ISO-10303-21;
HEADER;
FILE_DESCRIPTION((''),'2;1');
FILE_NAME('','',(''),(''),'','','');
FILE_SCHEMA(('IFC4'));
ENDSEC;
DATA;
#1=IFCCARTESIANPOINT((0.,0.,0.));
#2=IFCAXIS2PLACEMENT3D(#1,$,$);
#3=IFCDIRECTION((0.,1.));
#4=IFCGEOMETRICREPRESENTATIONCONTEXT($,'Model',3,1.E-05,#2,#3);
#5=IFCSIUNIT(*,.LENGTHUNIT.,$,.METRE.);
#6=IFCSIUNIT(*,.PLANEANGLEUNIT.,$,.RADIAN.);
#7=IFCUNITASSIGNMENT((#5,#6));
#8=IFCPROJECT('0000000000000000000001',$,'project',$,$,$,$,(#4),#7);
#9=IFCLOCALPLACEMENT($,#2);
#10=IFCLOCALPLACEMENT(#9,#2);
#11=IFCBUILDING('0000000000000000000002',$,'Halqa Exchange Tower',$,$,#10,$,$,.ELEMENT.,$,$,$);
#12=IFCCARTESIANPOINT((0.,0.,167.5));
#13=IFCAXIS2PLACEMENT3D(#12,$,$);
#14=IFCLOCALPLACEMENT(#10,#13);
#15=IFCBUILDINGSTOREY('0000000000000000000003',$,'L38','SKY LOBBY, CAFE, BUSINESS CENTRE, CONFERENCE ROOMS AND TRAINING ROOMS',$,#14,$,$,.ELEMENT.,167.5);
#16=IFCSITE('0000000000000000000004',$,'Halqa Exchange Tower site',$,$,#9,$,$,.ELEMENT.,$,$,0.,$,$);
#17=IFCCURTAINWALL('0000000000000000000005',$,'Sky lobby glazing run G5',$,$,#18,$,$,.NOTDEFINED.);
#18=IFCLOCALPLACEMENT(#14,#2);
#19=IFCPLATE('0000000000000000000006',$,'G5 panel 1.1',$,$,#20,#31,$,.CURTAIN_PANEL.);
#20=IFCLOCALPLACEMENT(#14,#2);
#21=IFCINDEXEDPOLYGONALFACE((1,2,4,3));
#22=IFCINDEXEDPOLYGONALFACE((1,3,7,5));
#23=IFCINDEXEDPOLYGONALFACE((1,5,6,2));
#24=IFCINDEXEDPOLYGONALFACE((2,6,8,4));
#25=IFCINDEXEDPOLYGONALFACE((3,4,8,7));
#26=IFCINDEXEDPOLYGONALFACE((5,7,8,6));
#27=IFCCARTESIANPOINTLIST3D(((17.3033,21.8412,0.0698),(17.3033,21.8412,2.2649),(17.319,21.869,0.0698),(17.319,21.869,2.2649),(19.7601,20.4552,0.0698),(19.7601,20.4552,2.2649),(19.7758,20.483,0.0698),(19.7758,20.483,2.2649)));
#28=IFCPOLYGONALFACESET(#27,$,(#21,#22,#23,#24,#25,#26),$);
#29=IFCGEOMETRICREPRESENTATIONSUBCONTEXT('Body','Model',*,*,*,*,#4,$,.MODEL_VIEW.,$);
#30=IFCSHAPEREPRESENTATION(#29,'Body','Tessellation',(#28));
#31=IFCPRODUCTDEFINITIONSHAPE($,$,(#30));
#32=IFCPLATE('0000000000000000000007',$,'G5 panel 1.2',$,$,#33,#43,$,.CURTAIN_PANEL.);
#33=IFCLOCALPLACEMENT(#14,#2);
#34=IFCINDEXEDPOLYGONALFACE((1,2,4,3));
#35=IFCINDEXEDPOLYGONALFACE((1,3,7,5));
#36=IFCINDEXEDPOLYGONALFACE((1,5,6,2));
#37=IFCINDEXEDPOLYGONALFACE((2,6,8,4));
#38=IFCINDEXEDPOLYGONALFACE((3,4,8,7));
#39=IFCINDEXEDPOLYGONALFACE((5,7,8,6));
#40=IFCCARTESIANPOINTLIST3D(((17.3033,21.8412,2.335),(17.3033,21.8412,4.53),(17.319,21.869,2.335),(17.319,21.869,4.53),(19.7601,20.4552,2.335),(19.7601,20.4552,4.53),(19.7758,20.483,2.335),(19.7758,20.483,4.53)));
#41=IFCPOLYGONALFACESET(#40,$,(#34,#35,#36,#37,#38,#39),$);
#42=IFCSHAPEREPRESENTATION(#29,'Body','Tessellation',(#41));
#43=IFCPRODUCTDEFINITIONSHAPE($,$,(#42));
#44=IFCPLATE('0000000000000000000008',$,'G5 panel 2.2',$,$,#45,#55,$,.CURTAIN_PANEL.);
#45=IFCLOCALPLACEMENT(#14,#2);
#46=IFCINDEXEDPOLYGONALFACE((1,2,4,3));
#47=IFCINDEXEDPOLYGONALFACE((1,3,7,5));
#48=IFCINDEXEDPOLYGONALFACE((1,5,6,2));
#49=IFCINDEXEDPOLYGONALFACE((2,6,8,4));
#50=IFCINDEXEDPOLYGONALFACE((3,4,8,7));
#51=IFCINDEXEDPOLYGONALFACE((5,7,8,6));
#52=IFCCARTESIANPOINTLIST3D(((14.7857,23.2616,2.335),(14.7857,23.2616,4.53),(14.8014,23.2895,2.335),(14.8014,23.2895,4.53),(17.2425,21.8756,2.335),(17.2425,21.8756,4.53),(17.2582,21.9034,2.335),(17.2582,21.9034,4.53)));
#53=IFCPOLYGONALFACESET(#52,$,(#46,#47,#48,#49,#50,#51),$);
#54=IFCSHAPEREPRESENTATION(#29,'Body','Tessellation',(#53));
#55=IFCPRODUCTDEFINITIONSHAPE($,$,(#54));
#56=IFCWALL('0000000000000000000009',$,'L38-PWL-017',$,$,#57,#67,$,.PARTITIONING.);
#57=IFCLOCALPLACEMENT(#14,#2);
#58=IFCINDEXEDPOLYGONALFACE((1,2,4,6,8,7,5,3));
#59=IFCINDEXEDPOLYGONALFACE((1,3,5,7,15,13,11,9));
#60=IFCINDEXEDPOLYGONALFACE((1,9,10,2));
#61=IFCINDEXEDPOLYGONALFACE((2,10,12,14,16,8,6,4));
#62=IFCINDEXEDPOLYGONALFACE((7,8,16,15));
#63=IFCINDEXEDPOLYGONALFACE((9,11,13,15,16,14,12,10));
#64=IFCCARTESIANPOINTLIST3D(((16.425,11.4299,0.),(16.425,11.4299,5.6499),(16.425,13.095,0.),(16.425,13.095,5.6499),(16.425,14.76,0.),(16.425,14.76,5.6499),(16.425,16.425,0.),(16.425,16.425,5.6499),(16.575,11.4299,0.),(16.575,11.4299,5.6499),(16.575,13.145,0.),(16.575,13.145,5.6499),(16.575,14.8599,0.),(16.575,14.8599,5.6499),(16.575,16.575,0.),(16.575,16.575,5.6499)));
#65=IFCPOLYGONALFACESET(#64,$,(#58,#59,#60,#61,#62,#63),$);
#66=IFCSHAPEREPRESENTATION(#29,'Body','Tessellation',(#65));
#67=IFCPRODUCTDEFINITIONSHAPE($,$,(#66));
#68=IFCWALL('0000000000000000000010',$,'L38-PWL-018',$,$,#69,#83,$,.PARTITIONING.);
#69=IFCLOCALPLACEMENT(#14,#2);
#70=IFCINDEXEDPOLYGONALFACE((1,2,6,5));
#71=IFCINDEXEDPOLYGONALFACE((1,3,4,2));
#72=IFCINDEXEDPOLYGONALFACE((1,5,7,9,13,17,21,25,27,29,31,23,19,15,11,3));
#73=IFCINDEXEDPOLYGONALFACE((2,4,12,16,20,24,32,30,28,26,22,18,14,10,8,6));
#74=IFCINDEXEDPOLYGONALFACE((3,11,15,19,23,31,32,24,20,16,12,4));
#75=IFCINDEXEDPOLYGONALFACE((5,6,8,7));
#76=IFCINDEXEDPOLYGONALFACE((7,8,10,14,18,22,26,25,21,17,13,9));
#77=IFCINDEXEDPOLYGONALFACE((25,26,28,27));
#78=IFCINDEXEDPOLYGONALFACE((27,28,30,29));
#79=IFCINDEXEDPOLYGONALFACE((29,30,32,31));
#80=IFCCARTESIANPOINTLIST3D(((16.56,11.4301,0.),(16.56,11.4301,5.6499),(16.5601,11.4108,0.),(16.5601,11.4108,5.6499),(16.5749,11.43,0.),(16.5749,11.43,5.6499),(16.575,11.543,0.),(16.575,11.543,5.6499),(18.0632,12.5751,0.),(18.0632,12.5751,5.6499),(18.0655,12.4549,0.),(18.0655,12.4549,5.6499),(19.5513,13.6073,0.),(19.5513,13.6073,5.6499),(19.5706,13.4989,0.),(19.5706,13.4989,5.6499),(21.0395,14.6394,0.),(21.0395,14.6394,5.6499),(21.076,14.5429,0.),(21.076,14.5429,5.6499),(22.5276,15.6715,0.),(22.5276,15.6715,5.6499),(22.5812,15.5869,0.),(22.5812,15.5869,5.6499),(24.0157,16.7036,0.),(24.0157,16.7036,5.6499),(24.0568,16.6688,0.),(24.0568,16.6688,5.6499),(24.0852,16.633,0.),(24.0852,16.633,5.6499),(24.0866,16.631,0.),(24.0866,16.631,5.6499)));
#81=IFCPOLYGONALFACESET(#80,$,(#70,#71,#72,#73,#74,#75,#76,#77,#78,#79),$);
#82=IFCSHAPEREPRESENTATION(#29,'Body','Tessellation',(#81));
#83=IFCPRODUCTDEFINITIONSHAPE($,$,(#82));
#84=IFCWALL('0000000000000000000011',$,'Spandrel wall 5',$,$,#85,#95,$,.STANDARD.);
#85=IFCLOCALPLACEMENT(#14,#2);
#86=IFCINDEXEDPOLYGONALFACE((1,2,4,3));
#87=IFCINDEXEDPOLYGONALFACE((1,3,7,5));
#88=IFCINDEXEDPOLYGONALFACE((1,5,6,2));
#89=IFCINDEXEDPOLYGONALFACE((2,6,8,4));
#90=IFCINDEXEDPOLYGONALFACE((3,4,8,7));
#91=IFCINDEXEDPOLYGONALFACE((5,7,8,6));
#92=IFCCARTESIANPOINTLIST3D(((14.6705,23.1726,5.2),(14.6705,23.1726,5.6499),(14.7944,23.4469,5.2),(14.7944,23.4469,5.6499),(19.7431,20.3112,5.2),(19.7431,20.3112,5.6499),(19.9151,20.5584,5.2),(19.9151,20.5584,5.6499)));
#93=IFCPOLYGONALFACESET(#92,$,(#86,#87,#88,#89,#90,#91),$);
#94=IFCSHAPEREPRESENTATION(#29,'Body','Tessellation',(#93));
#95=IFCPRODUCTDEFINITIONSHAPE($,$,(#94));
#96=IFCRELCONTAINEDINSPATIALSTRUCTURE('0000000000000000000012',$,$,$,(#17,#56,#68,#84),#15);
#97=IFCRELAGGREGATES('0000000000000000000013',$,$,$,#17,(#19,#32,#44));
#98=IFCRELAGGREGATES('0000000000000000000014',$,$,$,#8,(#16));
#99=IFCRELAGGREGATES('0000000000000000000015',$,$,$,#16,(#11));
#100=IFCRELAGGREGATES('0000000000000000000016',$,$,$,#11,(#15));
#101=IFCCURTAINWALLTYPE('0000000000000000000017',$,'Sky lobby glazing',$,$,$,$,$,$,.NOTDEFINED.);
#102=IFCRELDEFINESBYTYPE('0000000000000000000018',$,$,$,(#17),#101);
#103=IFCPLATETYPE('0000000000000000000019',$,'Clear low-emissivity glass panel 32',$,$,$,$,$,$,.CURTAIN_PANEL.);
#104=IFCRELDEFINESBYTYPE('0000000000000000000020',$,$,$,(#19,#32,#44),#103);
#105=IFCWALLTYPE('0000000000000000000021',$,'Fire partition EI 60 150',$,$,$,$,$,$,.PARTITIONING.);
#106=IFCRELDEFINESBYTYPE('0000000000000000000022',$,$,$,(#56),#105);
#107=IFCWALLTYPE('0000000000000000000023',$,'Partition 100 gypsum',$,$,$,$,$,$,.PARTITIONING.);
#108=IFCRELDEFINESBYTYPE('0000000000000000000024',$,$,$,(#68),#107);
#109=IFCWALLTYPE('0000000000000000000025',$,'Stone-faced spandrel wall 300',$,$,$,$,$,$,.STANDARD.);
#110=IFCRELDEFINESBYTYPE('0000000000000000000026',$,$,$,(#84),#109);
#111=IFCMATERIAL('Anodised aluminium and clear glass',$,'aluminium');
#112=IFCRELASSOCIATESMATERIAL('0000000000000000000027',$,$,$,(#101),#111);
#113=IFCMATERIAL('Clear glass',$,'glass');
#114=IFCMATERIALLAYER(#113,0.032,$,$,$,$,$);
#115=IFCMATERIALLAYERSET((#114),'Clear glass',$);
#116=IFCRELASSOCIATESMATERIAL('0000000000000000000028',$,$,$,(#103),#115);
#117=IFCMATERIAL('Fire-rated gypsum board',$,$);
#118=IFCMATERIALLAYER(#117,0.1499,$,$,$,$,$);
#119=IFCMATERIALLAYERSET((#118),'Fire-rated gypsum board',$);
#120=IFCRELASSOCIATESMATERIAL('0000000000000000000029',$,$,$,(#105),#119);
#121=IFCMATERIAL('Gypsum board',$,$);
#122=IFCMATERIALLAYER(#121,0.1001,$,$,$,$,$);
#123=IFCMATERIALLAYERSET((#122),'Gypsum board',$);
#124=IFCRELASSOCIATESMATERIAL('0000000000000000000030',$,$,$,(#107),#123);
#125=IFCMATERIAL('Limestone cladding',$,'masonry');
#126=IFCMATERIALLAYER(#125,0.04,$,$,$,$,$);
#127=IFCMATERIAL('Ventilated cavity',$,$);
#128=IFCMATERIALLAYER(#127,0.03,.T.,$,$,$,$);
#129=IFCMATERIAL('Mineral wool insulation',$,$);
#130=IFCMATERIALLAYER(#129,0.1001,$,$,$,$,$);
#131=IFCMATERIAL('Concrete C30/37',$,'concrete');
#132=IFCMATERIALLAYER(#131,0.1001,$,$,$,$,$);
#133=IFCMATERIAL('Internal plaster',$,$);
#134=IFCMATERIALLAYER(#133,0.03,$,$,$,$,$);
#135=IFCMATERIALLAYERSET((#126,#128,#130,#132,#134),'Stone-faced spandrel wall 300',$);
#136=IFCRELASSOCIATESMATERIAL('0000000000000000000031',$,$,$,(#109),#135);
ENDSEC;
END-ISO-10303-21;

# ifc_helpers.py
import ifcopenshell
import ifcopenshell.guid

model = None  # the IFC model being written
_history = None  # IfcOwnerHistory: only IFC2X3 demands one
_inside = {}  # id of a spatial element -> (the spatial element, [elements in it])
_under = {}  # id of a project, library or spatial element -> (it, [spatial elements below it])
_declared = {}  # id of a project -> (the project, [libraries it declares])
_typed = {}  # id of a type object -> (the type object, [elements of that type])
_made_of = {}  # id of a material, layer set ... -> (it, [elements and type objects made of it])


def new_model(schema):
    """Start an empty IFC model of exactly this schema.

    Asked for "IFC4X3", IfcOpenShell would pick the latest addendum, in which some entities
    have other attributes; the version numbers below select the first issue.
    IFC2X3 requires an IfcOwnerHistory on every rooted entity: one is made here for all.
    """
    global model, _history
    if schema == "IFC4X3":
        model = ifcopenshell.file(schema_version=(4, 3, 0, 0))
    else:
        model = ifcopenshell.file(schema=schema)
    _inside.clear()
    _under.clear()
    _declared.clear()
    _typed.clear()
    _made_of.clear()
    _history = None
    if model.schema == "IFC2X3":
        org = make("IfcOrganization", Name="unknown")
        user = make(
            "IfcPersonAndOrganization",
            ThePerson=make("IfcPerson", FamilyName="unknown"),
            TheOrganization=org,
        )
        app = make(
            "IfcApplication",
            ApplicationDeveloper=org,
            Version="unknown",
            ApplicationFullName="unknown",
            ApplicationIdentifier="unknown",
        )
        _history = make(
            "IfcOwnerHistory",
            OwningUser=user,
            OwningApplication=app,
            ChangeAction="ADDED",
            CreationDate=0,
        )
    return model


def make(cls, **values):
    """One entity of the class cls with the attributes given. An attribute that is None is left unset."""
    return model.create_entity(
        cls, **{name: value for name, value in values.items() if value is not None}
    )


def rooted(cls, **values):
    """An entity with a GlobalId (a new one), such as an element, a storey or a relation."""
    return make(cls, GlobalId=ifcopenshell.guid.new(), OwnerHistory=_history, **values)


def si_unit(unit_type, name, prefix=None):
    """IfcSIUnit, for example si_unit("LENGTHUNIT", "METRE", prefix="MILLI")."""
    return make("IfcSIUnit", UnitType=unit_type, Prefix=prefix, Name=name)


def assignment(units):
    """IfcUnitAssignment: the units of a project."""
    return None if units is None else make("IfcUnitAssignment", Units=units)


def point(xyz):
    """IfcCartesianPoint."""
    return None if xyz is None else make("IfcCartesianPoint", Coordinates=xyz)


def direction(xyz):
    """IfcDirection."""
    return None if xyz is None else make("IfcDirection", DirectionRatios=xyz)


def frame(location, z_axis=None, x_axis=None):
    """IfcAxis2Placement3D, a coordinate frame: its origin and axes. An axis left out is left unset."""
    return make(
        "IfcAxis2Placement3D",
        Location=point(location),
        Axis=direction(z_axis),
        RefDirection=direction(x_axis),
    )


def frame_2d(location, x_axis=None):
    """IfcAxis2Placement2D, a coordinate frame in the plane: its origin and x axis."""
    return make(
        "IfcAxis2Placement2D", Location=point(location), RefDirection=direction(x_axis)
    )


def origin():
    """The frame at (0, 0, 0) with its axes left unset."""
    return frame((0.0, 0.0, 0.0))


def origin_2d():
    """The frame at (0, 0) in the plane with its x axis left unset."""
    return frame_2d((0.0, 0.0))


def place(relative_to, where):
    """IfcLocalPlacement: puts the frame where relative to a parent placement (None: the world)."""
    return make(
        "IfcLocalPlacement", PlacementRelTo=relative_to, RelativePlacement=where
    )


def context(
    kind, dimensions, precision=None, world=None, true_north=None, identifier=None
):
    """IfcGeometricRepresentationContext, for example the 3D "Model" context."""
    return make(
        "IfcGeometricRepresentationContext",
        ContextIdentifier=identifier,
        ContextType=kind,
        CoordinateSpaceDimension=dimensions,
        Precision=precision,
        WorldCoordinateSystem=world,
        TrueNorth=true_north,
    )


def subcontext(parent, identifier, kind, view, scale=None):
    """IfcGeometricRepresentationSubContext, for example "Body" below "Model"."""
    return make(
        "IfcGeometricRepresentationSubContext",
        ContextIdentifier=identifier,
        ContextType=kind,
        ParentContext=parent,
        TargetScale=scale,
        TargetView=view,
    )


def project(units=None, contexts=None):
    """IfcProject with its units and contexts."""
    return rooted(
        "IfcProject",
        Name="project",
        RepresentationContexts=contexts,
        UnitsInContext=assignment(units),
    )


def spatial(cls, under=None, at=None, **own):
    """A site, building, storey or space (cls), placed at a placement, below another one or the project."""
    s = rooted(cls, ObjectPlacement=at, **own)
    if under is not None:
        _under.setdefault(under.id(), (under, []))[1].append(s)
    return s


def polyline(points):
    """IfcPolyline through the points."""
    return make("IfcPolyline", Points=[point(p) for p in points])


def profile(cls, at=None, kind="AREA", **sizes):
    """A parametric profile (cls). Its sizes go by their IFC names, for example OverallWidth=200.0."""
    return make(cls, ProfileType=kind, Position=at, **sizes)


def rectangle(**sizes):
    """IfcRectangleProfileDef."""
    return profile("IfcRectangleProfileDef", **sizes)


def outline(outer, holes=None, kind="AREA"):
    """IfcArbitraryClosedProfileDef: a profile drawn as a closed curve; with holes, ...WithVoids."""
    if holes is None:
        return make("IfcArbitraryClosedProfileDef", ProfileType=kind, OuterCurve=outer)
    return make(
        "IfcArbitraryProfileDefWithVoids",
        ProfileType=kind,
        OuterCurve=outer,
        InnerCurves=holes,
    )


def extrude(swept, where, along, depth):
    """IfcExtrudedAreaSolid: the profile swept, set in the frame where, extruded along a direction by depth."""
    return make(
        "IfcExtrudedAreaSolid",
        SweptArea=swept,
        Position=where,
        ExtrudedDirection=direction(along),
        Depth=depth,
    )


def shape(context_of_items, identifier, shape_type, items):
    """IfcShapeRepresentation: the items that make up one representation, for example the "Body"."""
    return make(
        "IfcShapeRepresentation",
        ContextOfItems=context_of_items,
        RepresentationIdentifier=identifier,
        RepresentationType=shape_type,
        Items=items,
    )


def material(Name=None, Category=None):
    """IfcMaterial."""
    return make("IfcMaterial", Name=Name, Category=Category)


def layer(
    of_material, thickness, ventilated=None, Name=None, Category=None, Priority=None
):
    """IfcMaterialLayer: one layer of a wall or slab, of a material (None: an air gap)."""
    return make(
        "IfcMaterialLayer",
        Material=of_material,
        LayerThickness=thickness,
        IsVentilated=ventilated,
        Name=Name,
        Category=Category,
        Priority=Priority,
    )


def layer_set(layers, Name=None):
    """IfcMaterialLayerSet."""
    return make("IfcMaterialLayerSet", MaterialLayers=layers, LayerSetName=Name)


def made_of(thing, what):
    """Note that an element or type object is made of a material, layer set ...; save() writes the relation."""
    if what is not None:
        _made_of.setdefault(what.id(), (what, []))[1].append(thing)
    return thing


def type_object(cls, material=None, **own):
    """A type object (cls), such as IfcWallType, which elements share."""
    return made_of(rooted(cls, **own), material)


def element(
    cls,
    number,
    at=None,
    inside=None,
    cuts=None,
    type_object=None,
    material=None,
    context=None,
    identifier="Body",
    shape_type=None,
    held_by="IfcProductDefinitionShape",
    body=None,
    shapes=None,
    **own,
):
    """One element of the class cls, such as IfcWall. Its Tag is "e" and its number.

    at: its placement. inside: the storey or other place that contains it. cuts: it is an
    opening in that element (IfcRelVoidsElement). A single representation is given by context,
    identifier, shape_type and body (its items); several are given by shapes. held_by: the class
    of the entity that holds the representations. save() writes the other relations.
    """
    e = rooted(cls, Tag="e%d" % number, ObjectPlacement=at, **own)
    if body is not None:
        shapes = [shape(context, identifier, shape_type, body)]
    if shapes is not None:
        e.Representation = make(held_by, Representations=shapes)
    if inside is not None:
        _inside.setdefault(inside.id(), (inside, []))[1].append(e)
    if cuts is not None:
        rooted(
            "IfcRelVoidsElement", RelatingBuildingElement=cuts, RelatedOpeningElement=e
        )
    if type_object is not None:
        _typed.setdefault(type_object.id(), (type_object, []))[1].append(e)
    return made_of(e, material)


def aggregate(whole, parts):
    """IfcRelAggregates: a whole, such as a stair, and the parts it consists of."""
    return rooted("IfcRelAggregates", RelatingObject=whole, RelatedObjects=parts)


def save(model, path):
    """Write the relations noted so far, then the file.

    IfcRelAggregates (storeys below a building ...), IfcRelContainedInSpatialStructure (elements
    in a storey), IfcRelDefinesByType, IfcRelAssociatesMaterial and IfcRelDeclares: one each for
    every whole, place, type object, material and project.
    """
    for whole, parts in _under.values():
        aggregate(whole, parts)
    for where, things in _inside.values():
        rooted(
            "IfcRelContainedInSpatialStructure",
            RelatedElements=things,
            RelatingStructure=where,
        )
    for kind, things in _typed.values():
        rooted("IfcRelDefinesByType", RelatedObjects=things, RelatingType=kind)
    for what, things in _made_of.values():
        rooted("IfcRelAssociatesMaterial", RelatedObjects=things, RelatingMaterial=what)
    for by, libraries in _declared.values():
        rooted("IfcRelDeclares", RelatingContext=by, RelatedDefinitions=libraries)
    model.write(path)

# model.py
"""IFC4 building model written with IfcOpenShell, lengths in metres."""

from ifc_helpers import new_model, si_unit, direction, frame, origin, origin_2d, place, context, subcontext, project, spatial, polyline, rectangle, outline, extrude, material, layer, layer_set, type_object, element, aggregate, save


model = new_model("IFC4")

# Units and contexts
model_context = context("Model", 3, precision=1e-05, world=origin(), true_north=direction((0.0, 1.0)))
body_context = subcontext(model_context, "Body", "Model", "MODEL_VIEW")
ifc_project = project(units=[si_unit("LENGTHUNIT", "METRE"), si_unit("PLANEANGLEUNIT", "RADIAN")], contexts=[model_context])

# Site, building, storey
site_placement = place(None, origin())
site = spatial("IfcSite", under=ifc_project, at=site_placement, Name="Halqa Exchange Tower site", CompositionType="ELEMENT", RefElevation=0.0)
building_placement = place(site_placement, origin())
building = spatial("IfcBuilding", under=site, at=building_placement, Name="Halqa Exchange Tower", CompositionType="ELEMENT")
storey_placement = place(building_placement, frame((0.0, 0.0, 167.5)))
storey = spatial("IfcBuildingStorey", under=building, at=storey_placement, Name="L38", Description="SKY LOBBY, CAFE, BUSINESS CENTRE, CONFERENCE ROOMS AND TRAINING ROOMS", CompositionType="ELEMENT", Elevation=167.5)

# Curtain wall, plates
ifc_material_1 = material(Name="Anodised aluminium and clear glass", Category="aluminium")
curtain_wall_type = type_object("IfcCurtainWallType", Name="Sky lobby glazing", PredefinedType="NOTDEFINED", material=ifc_material_1)
curtain_wall_placement = place(storey_placement, origin())
curtain_wall = element("IfcCurtainWall", 1, at=curtain_wall_placement, inside=storey, type_object=curtain_wall_type, Name="Sky lobby glazing run G5", PredefinedType="NOTDEFINED")
ifc_material_2 = material(Name="Clear glass", Category="glass")
ifc_layer_1 = layer(ifc_material_2, 0.032)
ifc_layer_set_1 = layer_set([ifc_layer_1], Name="Clear glass")
plate_type = type_object("IfcPlateType", Name="Clear low-emissivity glass panel 32", PredefinedType="CURTAIN_PANEL", material=ifc_layer_set_1)
plate_1_placement = place(storey_placement, frame((18.5396, 21.1621, 0.0698), z_axis=(0.0, 0.0, 1.0), x_axis=(-0.87096, 0.491354, 0.0)))
plate_1 = element("IfcPlate", 2, at=plate_1_placement, type_object=plate_type, Name="G5 panel 1.1", PredefinedType="CURTAIN_PANEL", context=body_context, shape_type="SweptSolid", body=[
    extrude(rectangle(XDim=2.8208, YDim=0.032, at=origin_2d()), origin(), (0.0, 0.0, 1.0), 2.1951),
])
plate_2_placement = place(storey_placement, frame((18.5396, 21.1621, 2.335), z_axis=(0.0, 0.0, 1.0), x_axis=(-0.87096, 0.491354, 0.0)))
plate_2 = element("IfcPlate", 3, at=plate_2_placement, type_object=plate_type, Name="G5 panel 1.2", PredefinedType="CURTAIN_PANEL", context=body_context, shape_type="SweptSolid", body=[
    extrude(rectangle(XDim=2.8208, YDim=0.032, at=origin_2d()), origin(), (0.0, 0.0, 1.0), 2.1951),
])
plate_3_placement = place(storey_placement, frame((16.022, 22.5825, 2.335), z_axis=(0.0, 0.0, 1.0), x_axis=(-0.87096, 0.491354, 0.0)))
plate_3 = element("IfcPlate", 4, at=plate_3_placement, type_object=plate_type, Name="G5 panel 2.2", PredefinedType="CURTAIN_PANEL", context=body_context, shape_type="SweptSolid", body=[
    extrude(rectangle(XDim=2.8208, YDim=0.032, at=origin_2d()), origin(), (0.0, 0.0, 1.0), 2.1951),
])
aggregate(curtain_wall, [plate_1, plate_2, plate_3])

# Walls
ifc_material_3 = material(Name="Fire-rated gypsum board")
ifc_layer_2 = layer(ifc_material_3, 0.1499)
ifc_layer_set_2 = layer_set([ifc_layer_2], Name="Fire-rated gypsum board")
wall_type_1 = type_object("IfcWallType", Name="Fire partition EI 60 150", PredefinedType="PARTITIONING", material=ifc_layer_set_2)
wall_1_placement = place(storey_placement, frame((16.5, 16.575, 0.0), z_axis=(0.0, 0.0, 1.0), x_axis=(0.0, -1.0, 0.0)))
element("IfcWall", 5, at=wall_1_placement, inside=storey, type_object=wall_type_1, Name="L38-PWL-017", PredefinedType="PARTITIONING", context=body_context, shape_type="SweptSolid", body=[
    extrude(outline(polyline([(5.145, 0.075), (3.4299, 0.075), (1.7151, 0.075), (0.0, 0.075), (0.1499, -0.075), (1.8149, -0.075), (3.48, -0.075), (5.145, -0.075), (5.145, 0.075)])), origin(), (0.0, 0.0, 1.0), 5.6499),
])
ifc_material_4 = material(Name="Gypsum board")
ifc_layer_3 = layer(ifc_material_4, 0.1001)
ifc_layer_set_3 = layer_set([ifc_layer_3], Name="Gypsum board")
wall_type_2 = type_object("IfcWallType", Name="Partition 100 gypsum", PredefinedType="PARTITIONING", material=ifc_layer_set_3)
wall_2_placement = place(storey_placement, frame((24.0581, 16.6721, 0.0), z_axis=(0.0, 0.0, 1.0), x_axis=(-0.821707, -0.56991, 0.0)))
element("IfcWall", 6, at=wall_2_placement, inside=storey, type_object=wall_type_2, Name="L38-PWL-018", PredefinedType="PARTITIONING", context=body_context, shape_type="SweptSolid", body=[
    extrude(outline(polyline([(0.0168, -0.05), (1.8279, -0.05), (3.6389, -0.05), (5.45, -0.05), (7.261, -0.05), (9.072, -0.05), (9.1365, 0.0427), (9.1487, 0.0342), (9.1597, 0.05), (9.1597, 0.05), (7.3276, 0.05), (5.4958, 0.05), (3.6638, 0.05), (1.832, 0.05), (0.0, 0.05), (0.0, 0.0476), (0.0029, 0.002), (0.0168, -0.05)])), origin(), (0.0, 0.0, 1.0), 5.6499),
])

# Shared definitions
ifc_material_5 = material(Name="Limestone cladding", Category="masonry")
ifc_material_6 = material(Name="Ventilated cavity")
ifc_material_7 = material(Name="Mineral wool insulation")
ifc_material_8 = material(Name="Concrete C30/37", Category="concrete")
ifc_material_9 = material(Name="Internal plaster")

# Wall
ifc_layer_4 = layer(ifc_material_5, 0.04)
ifc_layer_5 = layer(ifc_material_6, 0.03, ventilated=True)
ifc_layer_6 = layer(ifc_material_7, 0.1001)
ifc_layer_7 = layer(ifc_material_8, 0.1001)
ifc_layer_8 = layer(ifc_material_9, 0.03)
ifc_layer_set_4 = layer_set([ifc_layer_4, ifc_layer_5, ifc_layer_6, ifc_layer_7, ifc_layer_8], Name="Stone-faced spandrel wall 300")
wall_type_3 = type_object("IfcWallType", Name="Stone-faced spandrel wall 300", PredefinedType="STANDARD", material=ifc_layer_set_4)
wall_3_placement = place(storey_placement, frame((19.8291, 20.4348, 5.2), z_axis=(0.0, 0.0, 1.0), x_axis=(-0.870982, 0.491315, 0.0)))
element("IfcWall", 7, at=wall_3_placement, inside=storey, type_object=wall_type_3, Name="Spandrel wall 5", PredefinedType="STANDARD", context=body_context, shape_type="SweptSolid", body=[
    extrude(outline(polyline([(-0.0142, -0.1499), (5.865, -0.1499), (5.8381, 0.1499), (0.0142, 0.1499), (-0.0142, -0.1499)])), origin(), (0.0, 0.0, 1.0), 0.45),
])

save(model, "model.ifc")
